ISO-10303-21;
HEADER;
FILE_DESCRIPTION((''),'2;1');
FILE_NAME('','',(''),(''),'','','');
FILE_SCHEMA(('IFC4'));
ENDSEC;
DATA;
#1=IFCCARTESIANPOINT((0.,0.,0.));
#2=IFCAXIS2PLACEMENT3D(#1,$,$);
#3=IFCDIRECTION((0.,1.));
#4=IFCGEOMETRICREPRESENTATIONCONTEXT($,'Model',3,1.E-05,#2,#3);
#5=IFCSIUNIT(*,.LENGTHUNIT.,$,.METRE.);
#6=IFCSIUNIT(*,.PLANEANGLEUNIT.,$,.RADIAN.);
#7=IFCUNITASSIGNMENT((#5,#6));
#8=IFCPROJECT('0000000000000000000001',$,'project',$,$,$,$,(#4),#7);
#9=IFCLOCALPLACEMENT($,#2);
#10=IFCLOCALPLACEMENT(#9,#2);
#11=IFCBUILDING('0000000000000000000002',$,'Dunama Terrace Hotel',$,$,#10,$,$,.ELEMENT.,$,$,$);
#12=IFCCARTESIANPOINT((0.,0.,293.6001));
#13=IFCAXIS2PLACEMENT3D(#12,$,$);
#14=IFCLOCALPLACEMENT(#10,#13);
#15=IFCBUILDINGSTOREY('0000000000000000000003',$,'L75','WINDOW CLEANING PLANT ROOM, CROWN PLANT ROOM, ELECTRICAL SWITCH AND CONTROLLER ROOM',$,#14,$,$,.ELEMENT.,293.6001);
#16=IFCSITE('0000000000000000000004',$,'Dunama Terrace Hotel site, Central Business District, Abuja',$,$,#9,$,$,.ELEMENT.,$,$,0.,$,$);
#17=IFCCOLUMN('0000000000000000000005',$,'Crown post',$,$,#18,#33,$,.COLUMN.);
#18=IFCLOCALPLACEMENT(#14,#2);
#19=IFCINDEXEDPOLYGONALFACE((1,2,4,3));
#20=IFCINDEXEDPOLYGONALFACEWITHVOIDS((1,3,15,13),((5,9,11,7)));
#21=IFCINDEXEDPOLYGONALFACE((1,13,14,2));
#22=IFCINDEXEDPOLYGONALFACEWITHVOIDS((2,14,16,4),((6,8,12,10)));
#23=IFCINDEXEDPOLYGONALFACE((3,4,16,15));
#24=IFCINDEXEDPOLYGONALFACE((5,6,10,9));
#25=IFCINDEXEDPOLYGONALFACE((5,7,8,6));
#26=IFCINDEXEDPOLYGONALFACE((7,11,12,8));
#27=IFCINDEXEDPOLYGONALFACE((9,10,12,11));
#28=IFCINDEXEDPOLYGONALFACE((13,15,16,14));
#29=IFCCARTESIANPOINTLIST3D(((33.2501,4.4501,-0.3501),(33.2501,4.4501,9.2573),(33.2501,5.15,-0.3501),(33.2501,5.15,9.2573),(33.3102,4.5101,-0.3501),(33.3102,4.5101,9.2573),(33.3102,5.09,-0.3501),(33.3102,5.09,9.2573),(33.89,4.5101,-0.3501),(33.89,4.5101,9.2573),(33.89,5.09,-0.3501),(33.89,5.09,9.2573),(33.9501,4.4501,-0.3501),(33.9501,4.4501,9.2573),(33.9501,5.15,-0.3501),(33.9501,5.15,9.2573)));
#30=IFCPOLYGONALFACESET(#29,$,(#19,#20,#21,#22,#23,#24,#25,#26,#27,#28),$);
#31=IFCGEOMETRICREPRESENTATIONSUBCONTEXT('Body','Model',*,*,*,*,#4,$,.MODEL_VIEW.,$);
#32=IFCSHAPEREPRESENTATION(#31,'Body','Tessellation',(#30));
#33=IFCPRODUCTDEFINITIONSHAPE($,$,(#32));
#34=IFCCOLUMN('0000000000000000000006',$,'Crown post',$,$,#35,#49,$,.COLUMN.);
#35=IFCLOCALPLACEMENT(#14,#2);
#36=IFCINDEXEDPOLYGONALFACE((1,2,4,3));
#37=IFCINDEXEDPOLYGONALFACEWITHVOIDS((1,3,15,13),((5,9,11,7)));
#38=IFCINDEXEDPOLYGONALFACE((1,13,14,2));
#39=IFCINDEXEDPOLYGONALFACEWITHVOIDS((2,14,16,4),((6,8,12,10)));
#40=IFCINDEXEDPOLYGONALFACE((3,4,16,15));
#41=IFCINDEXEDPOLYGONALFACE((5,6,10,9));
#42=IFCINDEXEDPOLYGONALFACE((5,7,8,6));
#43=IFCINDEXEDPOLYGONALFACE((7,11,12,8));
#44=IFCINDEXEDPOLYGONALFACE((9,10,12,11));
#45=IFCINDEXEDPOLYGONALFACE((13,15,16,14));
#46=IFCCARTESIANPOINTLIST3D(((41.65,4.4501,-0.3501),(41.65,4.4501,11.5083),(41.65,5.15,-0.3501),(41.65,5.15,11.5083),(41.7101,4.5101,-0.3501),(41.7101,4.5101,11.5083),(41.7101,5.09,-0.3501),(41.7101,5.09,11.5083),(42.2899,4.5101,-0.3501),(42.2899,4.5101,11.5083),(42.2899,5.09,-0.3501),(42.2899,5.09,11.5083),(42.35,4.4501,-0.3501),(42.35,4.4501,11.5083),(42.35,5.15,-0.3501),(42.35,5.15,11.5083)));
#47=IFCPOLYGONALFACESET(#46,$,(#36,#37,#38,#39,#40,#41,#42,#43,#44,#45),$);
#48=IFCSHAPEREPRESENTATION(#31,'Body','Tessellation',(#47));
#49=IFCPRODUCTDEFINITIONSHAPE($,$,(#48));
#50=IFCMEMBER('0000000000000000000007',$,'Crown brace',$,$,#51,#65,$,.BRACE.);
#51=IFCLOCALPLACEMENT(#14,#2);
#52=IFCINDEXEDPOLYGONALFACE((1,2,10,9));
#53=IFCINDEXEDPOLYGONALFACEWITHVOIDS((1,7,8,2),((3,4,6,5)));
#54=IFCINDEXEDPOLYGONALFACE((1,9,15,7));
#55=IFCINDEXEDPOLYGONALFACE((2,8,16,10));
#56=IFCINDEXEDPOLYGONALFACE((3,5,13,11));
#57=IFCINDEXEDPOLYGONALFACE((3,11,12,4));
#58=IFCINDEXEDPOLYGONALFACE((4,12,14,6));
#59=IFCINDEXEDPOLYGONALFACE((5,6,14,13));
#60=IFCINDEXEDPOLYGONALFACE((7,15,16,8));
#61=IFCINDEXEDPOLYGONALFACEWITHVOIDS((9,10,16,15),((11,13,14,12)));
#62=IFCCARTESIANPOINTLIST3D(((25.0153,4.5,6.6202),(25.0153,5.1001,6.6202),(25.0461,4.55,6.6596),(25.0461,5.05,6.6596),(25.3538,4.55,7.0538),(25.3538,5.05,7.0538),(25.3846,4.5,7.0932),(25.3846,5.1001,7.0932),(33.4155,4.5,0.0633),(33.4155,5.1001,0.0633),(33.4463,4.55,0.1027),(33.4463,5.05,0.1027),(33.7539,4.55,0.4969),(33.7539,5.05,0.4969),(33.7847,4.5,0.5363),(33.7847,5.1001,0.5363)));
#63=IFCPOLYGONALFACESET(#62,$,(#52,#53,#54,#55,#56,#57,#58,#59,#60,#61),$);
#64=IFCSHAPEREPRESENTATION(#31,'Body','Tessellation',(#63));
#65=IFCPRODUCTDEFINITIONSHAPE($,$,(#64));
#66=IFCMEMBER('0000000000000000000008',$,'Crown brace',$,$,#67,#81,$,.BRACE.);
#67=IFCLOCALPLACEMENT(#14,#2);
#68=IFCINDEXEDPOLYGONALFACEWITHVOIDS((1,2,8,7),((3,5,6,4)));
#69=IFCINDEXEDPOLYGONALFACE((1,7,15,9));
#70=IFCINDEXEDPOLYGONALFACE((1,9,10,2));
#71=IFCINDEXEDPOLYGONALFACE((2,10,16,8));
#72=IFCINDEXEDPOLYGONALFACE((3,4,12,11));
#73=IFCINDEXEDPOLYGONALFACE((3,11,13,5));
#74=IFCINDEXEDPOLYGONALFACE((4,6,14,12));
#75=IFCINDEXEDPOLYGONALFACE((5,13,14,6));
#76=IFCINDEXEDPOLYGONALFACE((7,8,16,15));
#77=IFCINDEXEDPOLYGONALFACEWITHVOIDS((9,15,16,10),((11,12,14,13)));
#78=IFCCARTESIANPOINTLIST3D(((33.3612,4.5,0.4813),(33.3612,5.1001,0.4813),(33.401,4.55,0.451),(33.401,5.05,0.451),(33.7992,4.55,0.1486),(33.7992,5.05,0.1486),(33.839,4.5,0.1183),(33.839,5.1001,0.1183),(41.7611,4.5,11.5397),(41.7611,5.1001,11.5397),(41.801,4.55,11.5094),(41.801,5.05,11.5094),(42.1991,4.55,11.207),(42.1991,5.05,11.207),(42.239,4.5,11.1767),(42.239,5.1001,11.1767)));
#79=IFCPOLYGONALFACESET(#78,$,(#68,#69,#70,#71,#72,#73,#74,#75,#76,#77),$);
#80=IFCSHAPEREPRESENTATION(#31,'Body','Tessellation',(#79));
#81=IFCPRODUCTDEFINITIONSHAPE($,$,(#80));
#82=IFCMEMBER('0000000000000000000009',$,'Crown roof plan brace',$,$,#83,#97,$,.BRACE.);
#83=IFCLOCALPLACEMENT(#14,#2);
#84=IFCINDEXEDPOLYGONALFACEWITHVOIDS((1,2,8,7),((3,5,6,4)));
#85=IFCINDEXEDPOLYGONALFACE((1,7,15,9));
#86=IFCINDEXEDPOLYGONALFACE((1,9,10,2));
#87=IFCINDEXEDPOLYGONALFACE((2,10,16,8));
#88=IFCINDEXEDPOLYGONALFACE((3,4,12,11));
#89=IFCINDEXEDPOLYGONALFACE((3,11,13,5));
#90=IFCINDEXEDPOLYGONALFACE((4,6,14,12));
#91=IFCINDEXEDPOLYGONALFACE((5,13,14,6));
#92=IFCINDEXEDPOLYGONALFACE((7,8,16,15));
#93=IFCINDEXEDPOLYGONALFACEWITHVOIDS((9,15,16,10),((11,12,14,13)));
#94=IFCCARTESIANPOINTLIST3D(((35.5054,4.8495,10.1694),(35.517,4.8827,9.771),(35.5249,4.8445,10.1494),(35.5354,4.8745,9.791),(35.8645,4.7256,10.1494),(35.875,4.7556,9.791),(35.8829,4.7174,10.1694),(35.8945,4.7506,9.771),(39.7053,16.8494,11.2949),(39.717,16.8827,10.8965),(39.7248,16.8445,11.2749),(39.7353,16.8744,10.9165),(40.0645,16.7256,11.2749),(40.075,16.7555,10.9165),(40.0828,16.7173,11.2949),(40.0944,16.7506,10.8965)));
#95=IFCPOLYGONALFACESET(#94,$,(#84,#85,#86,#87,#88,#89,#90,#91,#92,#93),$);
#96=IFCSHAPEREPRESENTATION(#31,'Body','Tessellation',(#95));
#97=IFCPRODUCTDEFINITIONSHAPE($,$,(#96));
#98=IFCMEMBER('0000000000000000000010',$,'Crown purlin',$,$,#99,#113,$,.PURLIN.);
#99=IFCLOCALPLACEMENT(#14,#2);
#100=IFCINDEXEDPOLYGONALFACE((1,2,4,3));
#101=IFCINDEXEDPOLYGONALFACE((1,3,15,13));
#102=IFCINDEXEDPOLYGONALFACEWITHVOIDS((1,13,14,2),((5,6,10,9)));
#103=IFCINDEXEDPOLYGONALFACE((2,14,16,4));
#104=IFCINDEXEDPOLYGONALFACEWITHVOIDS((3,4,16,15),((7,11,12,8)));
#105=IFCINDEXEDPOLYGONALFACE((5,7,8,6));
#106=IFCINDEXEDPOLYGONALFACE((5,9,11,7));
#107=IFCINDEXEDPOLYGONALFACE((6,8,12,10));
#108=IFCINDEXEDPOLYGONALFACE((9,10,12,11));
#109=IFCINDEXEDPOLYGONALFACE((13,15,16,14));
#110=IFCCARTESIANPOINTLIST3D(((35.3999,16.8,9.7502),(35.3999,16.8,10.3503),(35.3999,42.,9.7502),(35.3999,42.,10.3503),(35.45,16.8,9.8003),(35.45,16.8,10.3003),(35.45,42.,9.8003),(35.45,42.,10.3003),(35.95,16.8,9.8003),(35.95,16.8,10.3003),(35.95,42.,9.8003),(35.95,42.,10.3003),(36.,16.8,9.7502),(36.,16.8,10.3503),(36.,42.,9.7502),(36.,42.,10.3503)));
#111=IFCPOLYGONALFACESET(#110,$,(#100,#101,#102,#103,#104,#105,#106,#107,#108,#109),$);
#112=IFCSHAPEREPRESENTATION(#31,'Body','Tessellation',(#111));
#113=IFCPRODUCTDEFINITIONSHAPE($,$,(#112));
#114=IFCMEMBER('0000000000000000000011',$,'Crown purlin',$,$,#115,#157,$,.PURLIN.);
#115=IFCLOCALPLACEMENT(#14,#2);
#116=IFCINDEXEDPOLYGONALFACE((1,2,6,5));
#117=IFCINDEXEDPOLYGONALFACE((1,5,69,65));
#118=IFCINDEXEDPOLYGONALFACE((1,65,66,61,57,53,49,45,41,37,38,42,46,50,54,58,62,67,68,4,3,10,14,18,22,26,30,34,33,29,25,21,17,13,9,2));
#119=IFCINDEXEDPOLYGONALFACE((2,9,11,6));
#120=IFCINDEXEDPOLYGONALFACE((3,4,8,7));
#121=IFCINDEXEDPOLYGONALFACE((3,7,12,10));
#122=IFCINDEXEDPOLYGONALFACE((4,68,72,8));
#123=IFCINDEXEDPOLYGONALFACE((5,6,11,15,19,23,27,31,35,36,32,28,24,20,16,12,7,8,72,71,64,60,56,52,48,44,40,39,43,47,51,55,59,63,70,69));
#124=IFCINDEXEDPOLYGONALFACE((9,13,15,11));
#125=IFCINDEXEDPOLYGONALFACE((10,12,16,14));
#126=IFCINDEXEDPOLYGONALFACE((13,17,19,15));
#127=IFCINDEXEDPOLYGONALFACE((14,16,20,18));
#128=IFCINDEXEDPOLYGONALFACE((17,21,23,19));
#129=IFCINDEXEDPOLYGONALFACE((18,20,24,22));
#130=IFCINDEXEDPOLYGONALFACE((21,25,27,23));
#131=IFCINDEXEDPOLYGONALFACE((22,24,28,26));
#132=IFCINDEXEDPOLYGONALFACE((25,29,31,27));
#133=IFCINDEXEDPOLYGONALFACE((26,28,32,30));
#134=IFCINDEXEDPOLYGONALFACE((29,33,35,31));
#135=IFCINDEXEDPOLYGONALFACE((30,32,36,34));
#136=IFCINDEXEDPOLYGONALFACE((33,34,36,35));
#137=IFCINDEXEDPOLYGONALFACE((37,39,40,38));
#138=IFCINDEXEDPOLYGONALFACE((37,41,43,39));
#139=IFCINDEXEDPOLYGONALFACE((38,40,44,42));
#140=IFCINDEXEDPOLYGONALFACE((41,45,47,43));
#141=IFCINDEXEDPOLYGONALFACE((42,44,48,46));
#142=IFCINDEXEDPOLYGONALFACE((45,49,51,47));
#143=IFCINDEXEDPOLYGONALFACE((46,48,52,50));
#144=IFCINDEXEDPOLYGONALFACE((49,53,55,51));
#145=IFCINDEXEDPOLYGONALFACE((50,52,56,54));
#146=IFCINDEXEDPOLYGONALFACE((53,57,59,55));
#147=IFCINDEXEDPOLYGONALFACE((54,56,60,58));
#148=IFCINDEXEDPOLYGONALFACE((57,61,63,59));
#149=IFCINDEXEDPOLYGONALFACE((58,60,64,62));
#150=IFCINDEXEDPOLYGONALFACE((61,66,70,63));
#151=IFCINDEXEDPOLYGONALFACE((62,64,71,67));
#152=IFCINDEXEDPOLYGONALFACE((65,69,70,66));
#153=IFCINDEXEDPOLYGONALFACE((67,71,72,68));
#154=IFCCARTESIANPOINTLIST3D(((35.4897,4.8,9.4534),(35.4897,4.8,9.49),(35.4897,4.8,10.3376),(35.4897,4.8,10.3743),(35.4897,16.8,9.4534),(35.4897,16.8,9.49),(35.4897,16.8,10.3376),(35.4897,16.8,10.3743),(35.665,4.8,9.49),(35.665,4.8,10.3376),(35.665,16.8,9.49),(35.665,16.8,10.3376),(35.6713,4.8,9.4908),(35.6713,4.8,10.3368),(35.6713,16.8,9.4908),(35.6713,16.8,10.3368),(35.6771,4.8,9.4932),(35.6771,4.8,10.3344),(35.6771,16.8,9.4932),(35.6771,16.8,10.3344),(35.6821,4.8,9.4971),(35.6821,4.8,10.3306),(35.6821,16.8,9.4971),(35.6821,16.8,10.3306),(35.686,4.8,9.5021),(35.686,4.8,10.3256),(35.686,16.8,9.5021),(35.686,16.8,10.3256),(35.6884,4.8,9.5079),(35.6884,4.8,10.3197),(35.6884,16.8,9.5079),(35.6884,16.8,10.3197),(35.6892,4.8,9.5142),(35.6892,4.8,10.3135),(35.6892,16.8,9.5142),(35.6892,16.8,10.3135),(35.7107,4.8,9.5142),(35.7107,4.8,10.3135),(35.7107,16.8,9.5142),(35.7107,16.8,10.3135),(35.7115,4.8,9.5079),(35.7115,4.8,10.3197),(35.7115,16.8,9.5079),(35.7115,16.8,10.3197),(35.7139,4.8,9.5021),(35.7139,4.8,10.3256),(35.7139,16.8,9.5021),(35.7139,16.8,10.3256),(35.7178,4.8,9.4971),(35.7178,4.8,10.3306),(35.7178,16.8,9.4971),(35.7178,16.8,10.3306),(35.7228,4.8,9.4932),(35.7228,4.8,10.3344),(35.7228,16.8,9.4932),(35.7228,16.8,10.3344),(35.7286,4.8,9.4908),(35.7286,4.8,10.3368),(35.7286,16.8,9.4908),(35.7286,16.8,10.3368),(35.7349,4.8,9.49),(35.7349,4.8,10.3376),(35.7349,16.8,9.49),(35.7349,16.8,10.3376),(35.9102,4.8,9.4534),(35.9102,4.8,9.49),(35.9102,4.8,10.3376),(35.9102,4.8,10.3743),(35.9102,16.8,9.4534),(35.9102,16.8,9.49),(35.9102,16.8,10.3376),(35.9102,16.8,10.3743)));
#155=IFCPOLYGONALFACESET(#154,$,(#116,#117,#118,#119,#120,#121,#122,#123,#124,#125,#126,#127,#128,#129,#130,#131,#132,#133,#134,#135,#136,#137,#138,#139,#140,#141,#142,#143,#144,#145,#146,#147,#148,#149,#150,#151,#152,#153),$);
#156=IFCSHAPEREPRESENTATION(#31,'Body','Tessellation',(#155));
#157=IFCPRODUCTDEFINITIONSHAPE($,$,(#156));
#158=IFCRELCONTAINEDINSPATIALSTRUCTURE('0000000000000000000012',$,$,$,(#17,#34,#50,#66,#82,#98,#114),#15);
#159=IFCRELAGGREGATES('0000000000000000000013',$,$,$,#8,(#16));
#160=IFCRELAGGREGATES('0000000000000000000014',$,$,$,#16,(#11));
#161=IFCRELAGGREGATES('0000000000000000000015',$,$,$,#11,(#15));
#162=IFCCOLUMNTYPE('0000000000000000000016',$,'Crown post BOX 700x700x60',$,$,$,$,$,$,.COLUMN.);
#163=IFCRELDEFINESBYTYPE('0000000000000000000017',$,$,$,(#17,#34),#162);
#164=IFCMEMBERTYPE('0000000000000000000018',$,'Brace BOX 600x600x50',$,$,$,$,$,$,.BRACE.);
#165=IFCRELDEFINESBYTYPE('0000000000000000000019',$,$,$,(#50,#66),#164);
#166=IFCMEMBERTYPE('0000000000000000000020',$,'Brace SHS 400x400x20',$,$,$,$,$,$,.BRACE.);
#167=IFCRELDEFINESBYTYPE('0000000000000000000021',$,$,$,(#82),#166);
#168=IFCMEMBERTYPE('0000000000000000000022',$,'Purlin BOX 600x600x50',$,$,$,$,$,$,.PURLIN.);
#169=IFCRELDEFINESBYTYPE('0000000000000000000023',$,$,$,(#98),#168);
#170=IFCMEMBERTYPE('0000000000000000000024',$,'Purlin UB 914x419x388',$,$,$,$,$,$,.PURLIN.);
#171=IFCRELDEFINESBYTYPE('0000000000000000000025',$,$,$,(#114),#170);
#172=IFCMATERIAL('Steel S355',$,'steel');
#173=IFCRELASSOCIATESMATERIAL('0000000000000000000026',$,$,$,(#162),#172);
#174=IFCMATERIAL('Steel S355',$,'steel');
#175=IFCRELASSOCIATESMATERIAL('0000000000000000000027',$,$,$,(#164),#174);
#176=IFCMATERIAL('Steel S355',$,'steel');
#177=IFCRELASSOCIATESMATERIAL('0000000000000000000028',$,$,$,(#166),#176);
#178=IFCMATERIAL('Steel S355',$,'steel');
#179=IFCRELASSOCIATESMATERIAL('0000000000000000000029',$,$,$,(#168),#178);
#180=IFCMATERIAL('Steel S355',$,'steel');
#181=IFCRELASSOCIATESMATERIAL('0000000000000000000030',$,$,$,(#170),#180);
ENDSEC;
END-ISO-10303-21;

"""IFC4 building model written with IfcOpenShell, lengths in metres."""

from ifc_helpers import new_model, si_unit, direction, frame, origin, origin_2d, place, context, subcontext, project, spatial, hollow_rectangle, i_section, extrude, material, material_profile, profile_set, type_object, element, save


model = new_model("IFC4")

# Units and contexts
model_context = context("Model", 3, precision=1e-05, world=origin(), true_north=direction((0.0, 1.0)))
body_context = subcontext(model_context, "Body", "Model", "MODEL_VIEW")
ifc_project = project(units=[si_unit("LENGTHUNIT", "METRE"), si_unit("PLANEANGLEUNIT", "RADIAN")], contexts=[model_context])

# Site, building, storey
site_placement = place(None, origin())
site = spatial("IfcSite", under=ifc_project, at=site_placement, Name="Dunama Terrace Hotel site, Central Business District, Abuja", CompositionType="ELEMENT", RefElevation=0.0)
building_placement = place(site_placement, origin())
building = spatial("IfcBuilding", under=site, at=building_placement, Name="Dunama Terrace Hotel", CompositionType="ELEMENT")
storey_placement = place(building_placement, frame((0.0, 0.0, 293.6001)))
storey = spatial("IfcBuildingStorey", under=building, at=storey_placement, Name="L75", Description="WINDOW CLEANING PLANT ROOM, CROWN PLANT ROOM, ELECTRICAL SWITCH AND CONTROLLER ROOM", CompositionType="ELEMENT", Elevation=293.6001)

# Columns
ifc_material_1 = material(Name="Steel S355", Category="steel")
ifc_material_profile_1 = material_profile(ifc_material_1, hollow_rectangle(XDim=0.7, YDim=0.7, WallThickness=0.0601, at=origin_2d()), Name="BOX 700x700x60")
ifc_profile_set_1 = profile_set([ifc_material_profile_1], Name="Steel S355")
column_type = type_object("IfcColumnType", Name="Crown post BOX 700x700x60", PredefinedType="COLUMN", material=ifc_profile_set_1)
column_1_placement = place(storey_placement, frame((33.6001, 4.8, -0.3501), z_axis=(0.0, 0.0, 1.0), x_axis=(1.0, 0.0, 0.0)))
element("IfcColumn", 1, at=column_1_placement, inside=storey, type_object=column_type, Name="Crown post", PredefinedType="COLUMN", context=body_context, shape_type="SweptSolid", body=[
    extrude(hollow_rectangle(XDim=0.7, YDim=0.7, WallThickness=0.0601, at=origin_2d()), origin(), (0.0, 0.0, 1.0), 9.6074),
])
column_2_placement = place(storey_placement, frame((42.0, 4.8, -0.3501), z_axis=(0.0, 0.0, 1.0), x_axis=(1.0, 0.0, 0.0)))
element("IfcColumn", 2, at=column_2_placement, inside=storey, type_object=column_type, Name="Crown post", PredefinedType="COLUMN", context=body_context, shape_type="SweptSolid", body=[
    extrude(hollow_rectangle(XDim=0.7, YDim=0.7, WallThickness=0.0601, at=origin_2d()), origin(), (0.0, 0.0, 1.0), 11.8584),
])

# Members
ifc_material_2 = material(Name="Steel S355", Category="steel")
ifc_material_profile_2 = material_profile(ifc_material_2, hollow_rectangle(XDim=0.6001, YDim=0.6001, WallThickness=0.05, at=origin_2d()), Name="BOX 600x600x50")
ifc_profile_set_2 = profile_set([ifc_material_profile_2], Name="Steel S355")
member_type_1 = type_object("IfcMemberType", Name="Brace BOX 600x600x50", PredefinedType="BRACE", material=ifc_profile_set_2)
member_1_placement = place(storey_placement, frame((33.6001, 4.8, 0.2998), z_axis=(-0.788285, 0.0, 0.61531), x_axis=(0.0, -1.0, 0.0)))
element("IfcMember", 3, at=member_1_placement, inside=storey, type_object=member_type_1, Name="Crown brace", PredefinedType="BRACE", context=body_context, shape_type="SweptSolid", body=[
    extrude(hollow_rectangle(XDim=0.6001, YDim=0.6001, WallThickness=0.05, at=origin_2d()), origin(), (0.0, 0.0, 1.0), 10.6562),
])
member_2_placement = place(storey_placement, frame((33.6001, 4.8, 0.2998), z_axis=(0.60488, 0.0, 0.796316), x_axis=(0.0, 1.0, 0.0)))
element("IfcMember", 4, at=member_2_placement, inside=storey, type_object=member_type_1, Name="Crown brace", PredefinedType="BRACE", context=body_context, shape_type="SweptSolid", body=[
    extrude(hollow_rectangle(XDim=0.6001, YDim=0.6001, WallThickness=0.05, at=origin_2d()), origin(), (0.0, 0.0, 1.0), 13.887),
])
ifc_material_3 = material(Name="Steel S355", Category="steel")
ifc_material_profile_3 = material_profile(ifc_material_3, hollow_rectangle(XDim=0.3999, YDim=0.3999, WallThickness=0.02, at=origin_2d()), Name="SHS 400x400x20")
ifc_profile_set_3 = profile_set([ifc_material_profile_3], Name="Steel S355")
member_type_2 = type_object("IfcMemberType", Name="Brace SHS 400x400x20", PredefinedType="BRACE", material=ifc_profile_set_3)
member_3_placement = place(storey_placement, frame((35.7, 4.8, 9.9702), z_axis=(0.32906, 0.940183, 0.08818), x_axis=(-0.94386, 0.330347, 0.0)))
element("IfcMember", 5, at=member_3_placement, inside=storey, type_object=member_type_2, Name="Crown roof plan brace", PredefinedType="BRACE", context=body_context, shape_type="SweptSolid", body=[
    extrude(hollow_rectangle(XDim=0.3999, YDim=0.3999, WallThickness=0.02, at=origin_2d()), origin(), (0.0, 0.0, 1.0), 12.7634),
])
ifc_material_4 = material(Name="Steel S355", Category="steel")
ifc_material_profile_4 = material_profile(ifc_material_4, hollow_rectangle(XDim=0.6001, YDim=0.6001, WallThickness=0.05, at=origin_2d()), Name="BOX 600x600x50")
ifc_profile_set_4 = profile_set([ifc_material_profile_4], Name="Steel S355")
member_type_3 = type_object("IfcMemberType", Name="Purlin BOX 600x600x50", PredefinedType="PURLIN", material=ifc_profile_set_4)
member_4_placement = place(storey_placement, frame((35.7, 16.8, 10.0503), z_axis=(0.0, 1.0, 0.0), x_axis=(-1.0, 0.0, 0.0)))
element("IfcMember", 6, at=member_4_placement, inside=storey, type_object=member_type_3, Name="Crown purlin", PredefinedType="PURLIN", context=body_context, shape_type="SweptSolid", body=[
    extrude(hollow_rectangle(XDim=0.6001, YDim=0.6001, WallThickness=0.05, at=origin_2d()), origin(), (0.0, 0.0, 1.0), 25.2),
])
ifc_material_5 = material(Name="Steel S355", Category="steel")
ifc_material_profile_5 = material_profile(ifc_material_5, i_section(OverallWidth=0.4204, OverallDepth=0.9209, WebThickness=0.0215, FlangeThickness=0.0366, FilletRadius=0.0242, at=origin_2d()), Name="UB 914x419x388")
ifc_profile_set_5 = profile_set([ifc_material_profile_5], Name="Steel S355")
member_type_4 = type_object("IfcMemberType", Name="Purlin UB 914x419x388", PredefinedType="PURLIN", material=ifc_profile_set_5)
for number, where, z_axis, x_axis, name in (
    (7, (35.7, 4.8, 9.9138), (0.0, 1.0, 0.0), (-1.0, 0.0, 0.0), "Crown purlin"),
):
    element("IfcMember", number, at=place(storey_placement, frame(where, z_axis=z_axis, x_axis=x_axis)), inside=storey, type_object=member_type_4, Name=name, PredefinedType="PURLIN", context=body_context, shape_type="SweptSolid", body=[
        extrude(i_section(OverallWidth=0.4204, OverallDepth=0.9209, WebThickness=0.0215, FlangeThickness=0.0366, FilletRadius=0.0242, at=origin_2d()), origin(), (0.0, 0.0, 1.0), 12.0),
    ])

save(model, "model.ifc")
